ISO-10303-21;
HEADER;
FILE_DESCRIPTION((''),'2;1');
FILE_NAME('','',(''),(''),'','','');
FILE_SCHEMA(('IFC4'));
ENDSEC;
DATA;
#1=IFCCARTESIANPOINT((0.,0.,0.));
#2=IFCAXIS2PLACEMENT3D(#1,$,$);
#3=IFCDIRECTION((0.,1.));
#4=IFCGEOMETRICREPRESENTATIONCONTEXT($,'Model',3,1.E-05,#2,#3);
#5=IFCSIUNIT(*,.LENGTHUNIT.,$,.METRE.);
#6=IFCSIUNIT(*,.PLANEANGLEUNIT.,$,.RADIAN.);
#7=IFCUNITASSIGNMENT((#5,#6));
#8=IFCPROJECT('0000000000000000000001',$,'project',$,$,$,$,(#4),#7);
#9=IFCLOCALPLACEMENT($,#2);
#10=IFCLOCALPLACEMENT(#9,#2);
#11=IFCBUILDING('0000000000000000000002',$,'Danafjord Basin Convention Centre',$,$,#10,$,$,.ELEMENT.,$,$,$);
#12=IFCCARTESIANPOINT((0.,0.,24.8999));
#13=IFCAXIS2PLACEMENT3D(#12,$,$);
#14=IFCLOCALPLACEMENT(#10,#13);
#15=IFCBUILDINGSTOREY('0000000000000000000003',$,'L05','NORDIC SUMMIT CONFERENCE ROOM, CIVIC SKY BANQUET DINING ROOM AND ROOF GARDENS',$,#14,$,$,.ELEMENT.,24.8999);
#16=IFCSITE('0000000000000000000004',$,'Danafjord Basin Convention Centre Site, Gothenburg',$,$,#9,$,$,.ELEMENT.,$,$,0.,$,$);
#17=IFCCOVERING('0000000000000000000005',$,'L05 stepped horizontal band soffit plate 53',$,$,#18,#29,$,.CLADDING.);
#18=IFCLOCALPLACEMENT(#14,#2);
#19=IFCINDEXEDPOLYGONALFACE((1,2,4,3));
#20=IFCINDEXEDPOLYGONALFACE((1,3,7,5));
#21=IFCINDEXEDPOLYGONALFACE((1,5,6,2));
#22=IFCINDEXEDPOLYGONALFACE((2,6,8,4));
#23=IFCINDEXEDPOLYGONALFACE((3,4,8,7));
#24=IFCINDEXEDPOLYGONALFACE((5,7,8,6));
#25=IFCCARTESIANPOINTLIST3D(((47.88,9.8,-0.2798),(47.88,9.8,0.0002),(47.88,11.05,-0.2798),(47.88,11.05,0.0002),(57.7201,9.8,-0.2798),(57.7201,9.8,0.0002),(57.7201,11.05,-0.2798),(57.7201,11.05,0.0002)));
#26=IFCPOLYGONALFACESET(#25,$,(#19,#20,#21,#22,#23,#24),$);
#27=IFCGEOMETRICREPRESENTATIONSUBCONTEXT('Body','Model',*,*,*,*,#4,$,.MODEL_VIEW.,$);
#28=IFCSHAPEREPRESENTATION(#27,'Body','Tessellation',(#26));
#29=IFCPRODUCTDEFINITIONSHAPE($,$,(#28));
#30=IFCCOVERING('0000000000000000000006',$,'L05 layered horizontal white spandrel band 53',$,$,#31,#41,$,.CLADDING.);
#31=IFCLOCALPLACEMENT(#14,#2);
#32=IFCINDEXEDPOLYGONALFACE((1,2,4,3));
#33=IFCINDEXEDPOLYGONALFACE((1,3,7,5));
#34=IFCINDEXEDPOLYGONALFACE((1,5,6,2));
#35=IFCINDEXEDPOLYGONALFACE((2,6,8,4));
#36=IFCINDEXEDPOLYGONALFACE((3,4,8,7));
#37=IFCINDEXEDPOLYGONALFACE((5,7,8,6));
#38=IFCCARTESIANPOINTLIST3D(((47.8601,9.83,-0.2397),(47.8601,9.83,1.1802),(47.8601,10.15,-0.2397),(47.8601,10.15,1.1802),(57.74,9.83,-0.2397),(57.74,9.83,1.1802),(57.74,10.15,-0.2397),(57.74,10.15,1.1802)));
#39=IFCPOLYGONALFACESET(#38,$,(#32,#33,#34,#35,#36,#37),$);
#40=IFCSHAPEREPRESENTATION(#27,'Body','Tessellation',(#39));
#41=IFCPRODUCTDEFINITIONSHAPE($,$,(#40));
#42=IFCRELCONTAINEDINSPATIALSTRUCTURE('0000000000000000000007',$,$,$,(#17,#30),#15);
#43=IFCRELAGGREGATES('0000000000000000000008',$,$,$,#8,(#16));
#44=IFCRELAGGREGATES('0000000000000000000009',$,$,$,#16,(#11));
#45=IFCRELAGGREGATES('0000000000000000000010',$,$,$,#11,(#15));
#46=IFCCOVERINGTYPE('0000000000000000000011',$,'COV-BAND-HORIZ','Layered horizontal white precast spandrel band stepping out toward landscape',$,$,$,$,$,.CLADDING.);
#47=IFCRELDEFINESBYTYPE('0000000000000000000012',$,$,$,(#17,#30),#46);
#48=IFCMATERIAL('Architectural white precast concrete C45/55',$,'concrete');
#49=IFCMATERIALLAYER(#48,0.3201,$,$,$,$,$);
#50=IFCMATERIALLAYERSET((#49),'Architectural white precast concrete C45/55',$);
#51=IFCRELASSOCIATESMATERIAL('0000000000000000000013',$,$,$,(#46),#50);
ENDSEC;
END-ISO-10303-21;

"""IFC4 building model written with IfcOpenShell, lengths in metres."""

from ifc_helpers import new_model, si_unit, direction, frame, origin, origin_2d, place, context, subcontext, project, spatial, rectangle, extrude, material, layer, layer_set, type_object, element, save


model = new_model("IFC4")

# Units and contexts
model_context = context("Model", 3, precision=1e-05, world=origin(), true_north=direction((0.0, 1.0)))
body_context = subcontext(model_context, "Body", "Model", "MODEL_VIEW")
ifc_project = project(units=[si_unit("LENGTHUNIT", "METRE"), si_unit("PLANEANGLEUNIT", "RADIAN")], contexts=[model_context])

# Site, building, storey
site_placement = place(None, origin())
site = spatial("IfcSite", under=ifc_project, at=site_placement, Name="Danafjord Basin Convention Centre Site, Gothenburg", CompositionType="ELEMENT", RefElevation=0.0)
building_placement = place(site_placement, origin())
building = spatial("IfcBuilding", under=site, at=building_placement, Name="Danafjord Basin Convention Centre", CompositionType="ELEMENT")
storey_placement = place(building_placement, frame((0.0, 0.0, 24.8999)))
storey = spatial("IfcBuildingStorey", under=building, at=storey_placement, Name="L05", Description="NORDIC SUMMIT CONFERENCE ROOM, CIVIC SKY BANQUET DINING ROOM AND ROOF GARDENS", CompositionType="ELEMENT", Elevation=24.8999)

# Coverings
ifc_material_1 = material(Name="Architectural white precast concrete C45/55", Category="concrete")
ifc_layer_1 = layer(ifc_material_1, 0.3201)
ifc_layer_set_1 = layer_set([ifc_layer_1], Name="Architectural white precast concrete C45/55")
covering_type = type_object("IfcCoveringType", Name="COV-BAND-HORIZ", Description="Layered horizontal white precast spandrel band stepping out toward landscape", PredefinedType="CLADDING", material=ifc_layer_set_1)
covering_1_placement = place(storey_placement, frame((52.8, 10.425, -0.2798), z_axis=(0.0, 0.0, 1.0), x_axis=(1.0, 0.0, 0.0)))
element("IfcCovering", 1, at=covering_1_placement, inside=storey, type_object=covering_type, Name="L05 stepped horizontal band soffit plate 53", PredefinedType="CLADDING", context=body_context, shape_type="SweptSolid", body=[
    extrude(rectangle(XDim=9.8401, YDim=1.25, at=origin_2d()), origin(), (0.0, 0.0, 1.0), 0.28),
])
covering_2_placement = place(storey_placement, frame((52.8, 9.99, -0.2397), z_axis=(0.0, 0.0, 1.0), x_axis=(1.0, 0.0, 0.0)))
element("IfcCovering", 2, at=covering_2_placement, inside=storey, type_object=covering_type, Name="L05 layered horizontal white spandrel band 53", PredefinedType="CLADDING", context=body_context, shape_type="SweptSolid", body=[
    extrude(rectangle(XDim=9.8799, YDim=0.3201, at=origin_2d()), origin(), (0.0, 0.0, 1.0), 1.4199),
])

save(model, "model.ifc")
